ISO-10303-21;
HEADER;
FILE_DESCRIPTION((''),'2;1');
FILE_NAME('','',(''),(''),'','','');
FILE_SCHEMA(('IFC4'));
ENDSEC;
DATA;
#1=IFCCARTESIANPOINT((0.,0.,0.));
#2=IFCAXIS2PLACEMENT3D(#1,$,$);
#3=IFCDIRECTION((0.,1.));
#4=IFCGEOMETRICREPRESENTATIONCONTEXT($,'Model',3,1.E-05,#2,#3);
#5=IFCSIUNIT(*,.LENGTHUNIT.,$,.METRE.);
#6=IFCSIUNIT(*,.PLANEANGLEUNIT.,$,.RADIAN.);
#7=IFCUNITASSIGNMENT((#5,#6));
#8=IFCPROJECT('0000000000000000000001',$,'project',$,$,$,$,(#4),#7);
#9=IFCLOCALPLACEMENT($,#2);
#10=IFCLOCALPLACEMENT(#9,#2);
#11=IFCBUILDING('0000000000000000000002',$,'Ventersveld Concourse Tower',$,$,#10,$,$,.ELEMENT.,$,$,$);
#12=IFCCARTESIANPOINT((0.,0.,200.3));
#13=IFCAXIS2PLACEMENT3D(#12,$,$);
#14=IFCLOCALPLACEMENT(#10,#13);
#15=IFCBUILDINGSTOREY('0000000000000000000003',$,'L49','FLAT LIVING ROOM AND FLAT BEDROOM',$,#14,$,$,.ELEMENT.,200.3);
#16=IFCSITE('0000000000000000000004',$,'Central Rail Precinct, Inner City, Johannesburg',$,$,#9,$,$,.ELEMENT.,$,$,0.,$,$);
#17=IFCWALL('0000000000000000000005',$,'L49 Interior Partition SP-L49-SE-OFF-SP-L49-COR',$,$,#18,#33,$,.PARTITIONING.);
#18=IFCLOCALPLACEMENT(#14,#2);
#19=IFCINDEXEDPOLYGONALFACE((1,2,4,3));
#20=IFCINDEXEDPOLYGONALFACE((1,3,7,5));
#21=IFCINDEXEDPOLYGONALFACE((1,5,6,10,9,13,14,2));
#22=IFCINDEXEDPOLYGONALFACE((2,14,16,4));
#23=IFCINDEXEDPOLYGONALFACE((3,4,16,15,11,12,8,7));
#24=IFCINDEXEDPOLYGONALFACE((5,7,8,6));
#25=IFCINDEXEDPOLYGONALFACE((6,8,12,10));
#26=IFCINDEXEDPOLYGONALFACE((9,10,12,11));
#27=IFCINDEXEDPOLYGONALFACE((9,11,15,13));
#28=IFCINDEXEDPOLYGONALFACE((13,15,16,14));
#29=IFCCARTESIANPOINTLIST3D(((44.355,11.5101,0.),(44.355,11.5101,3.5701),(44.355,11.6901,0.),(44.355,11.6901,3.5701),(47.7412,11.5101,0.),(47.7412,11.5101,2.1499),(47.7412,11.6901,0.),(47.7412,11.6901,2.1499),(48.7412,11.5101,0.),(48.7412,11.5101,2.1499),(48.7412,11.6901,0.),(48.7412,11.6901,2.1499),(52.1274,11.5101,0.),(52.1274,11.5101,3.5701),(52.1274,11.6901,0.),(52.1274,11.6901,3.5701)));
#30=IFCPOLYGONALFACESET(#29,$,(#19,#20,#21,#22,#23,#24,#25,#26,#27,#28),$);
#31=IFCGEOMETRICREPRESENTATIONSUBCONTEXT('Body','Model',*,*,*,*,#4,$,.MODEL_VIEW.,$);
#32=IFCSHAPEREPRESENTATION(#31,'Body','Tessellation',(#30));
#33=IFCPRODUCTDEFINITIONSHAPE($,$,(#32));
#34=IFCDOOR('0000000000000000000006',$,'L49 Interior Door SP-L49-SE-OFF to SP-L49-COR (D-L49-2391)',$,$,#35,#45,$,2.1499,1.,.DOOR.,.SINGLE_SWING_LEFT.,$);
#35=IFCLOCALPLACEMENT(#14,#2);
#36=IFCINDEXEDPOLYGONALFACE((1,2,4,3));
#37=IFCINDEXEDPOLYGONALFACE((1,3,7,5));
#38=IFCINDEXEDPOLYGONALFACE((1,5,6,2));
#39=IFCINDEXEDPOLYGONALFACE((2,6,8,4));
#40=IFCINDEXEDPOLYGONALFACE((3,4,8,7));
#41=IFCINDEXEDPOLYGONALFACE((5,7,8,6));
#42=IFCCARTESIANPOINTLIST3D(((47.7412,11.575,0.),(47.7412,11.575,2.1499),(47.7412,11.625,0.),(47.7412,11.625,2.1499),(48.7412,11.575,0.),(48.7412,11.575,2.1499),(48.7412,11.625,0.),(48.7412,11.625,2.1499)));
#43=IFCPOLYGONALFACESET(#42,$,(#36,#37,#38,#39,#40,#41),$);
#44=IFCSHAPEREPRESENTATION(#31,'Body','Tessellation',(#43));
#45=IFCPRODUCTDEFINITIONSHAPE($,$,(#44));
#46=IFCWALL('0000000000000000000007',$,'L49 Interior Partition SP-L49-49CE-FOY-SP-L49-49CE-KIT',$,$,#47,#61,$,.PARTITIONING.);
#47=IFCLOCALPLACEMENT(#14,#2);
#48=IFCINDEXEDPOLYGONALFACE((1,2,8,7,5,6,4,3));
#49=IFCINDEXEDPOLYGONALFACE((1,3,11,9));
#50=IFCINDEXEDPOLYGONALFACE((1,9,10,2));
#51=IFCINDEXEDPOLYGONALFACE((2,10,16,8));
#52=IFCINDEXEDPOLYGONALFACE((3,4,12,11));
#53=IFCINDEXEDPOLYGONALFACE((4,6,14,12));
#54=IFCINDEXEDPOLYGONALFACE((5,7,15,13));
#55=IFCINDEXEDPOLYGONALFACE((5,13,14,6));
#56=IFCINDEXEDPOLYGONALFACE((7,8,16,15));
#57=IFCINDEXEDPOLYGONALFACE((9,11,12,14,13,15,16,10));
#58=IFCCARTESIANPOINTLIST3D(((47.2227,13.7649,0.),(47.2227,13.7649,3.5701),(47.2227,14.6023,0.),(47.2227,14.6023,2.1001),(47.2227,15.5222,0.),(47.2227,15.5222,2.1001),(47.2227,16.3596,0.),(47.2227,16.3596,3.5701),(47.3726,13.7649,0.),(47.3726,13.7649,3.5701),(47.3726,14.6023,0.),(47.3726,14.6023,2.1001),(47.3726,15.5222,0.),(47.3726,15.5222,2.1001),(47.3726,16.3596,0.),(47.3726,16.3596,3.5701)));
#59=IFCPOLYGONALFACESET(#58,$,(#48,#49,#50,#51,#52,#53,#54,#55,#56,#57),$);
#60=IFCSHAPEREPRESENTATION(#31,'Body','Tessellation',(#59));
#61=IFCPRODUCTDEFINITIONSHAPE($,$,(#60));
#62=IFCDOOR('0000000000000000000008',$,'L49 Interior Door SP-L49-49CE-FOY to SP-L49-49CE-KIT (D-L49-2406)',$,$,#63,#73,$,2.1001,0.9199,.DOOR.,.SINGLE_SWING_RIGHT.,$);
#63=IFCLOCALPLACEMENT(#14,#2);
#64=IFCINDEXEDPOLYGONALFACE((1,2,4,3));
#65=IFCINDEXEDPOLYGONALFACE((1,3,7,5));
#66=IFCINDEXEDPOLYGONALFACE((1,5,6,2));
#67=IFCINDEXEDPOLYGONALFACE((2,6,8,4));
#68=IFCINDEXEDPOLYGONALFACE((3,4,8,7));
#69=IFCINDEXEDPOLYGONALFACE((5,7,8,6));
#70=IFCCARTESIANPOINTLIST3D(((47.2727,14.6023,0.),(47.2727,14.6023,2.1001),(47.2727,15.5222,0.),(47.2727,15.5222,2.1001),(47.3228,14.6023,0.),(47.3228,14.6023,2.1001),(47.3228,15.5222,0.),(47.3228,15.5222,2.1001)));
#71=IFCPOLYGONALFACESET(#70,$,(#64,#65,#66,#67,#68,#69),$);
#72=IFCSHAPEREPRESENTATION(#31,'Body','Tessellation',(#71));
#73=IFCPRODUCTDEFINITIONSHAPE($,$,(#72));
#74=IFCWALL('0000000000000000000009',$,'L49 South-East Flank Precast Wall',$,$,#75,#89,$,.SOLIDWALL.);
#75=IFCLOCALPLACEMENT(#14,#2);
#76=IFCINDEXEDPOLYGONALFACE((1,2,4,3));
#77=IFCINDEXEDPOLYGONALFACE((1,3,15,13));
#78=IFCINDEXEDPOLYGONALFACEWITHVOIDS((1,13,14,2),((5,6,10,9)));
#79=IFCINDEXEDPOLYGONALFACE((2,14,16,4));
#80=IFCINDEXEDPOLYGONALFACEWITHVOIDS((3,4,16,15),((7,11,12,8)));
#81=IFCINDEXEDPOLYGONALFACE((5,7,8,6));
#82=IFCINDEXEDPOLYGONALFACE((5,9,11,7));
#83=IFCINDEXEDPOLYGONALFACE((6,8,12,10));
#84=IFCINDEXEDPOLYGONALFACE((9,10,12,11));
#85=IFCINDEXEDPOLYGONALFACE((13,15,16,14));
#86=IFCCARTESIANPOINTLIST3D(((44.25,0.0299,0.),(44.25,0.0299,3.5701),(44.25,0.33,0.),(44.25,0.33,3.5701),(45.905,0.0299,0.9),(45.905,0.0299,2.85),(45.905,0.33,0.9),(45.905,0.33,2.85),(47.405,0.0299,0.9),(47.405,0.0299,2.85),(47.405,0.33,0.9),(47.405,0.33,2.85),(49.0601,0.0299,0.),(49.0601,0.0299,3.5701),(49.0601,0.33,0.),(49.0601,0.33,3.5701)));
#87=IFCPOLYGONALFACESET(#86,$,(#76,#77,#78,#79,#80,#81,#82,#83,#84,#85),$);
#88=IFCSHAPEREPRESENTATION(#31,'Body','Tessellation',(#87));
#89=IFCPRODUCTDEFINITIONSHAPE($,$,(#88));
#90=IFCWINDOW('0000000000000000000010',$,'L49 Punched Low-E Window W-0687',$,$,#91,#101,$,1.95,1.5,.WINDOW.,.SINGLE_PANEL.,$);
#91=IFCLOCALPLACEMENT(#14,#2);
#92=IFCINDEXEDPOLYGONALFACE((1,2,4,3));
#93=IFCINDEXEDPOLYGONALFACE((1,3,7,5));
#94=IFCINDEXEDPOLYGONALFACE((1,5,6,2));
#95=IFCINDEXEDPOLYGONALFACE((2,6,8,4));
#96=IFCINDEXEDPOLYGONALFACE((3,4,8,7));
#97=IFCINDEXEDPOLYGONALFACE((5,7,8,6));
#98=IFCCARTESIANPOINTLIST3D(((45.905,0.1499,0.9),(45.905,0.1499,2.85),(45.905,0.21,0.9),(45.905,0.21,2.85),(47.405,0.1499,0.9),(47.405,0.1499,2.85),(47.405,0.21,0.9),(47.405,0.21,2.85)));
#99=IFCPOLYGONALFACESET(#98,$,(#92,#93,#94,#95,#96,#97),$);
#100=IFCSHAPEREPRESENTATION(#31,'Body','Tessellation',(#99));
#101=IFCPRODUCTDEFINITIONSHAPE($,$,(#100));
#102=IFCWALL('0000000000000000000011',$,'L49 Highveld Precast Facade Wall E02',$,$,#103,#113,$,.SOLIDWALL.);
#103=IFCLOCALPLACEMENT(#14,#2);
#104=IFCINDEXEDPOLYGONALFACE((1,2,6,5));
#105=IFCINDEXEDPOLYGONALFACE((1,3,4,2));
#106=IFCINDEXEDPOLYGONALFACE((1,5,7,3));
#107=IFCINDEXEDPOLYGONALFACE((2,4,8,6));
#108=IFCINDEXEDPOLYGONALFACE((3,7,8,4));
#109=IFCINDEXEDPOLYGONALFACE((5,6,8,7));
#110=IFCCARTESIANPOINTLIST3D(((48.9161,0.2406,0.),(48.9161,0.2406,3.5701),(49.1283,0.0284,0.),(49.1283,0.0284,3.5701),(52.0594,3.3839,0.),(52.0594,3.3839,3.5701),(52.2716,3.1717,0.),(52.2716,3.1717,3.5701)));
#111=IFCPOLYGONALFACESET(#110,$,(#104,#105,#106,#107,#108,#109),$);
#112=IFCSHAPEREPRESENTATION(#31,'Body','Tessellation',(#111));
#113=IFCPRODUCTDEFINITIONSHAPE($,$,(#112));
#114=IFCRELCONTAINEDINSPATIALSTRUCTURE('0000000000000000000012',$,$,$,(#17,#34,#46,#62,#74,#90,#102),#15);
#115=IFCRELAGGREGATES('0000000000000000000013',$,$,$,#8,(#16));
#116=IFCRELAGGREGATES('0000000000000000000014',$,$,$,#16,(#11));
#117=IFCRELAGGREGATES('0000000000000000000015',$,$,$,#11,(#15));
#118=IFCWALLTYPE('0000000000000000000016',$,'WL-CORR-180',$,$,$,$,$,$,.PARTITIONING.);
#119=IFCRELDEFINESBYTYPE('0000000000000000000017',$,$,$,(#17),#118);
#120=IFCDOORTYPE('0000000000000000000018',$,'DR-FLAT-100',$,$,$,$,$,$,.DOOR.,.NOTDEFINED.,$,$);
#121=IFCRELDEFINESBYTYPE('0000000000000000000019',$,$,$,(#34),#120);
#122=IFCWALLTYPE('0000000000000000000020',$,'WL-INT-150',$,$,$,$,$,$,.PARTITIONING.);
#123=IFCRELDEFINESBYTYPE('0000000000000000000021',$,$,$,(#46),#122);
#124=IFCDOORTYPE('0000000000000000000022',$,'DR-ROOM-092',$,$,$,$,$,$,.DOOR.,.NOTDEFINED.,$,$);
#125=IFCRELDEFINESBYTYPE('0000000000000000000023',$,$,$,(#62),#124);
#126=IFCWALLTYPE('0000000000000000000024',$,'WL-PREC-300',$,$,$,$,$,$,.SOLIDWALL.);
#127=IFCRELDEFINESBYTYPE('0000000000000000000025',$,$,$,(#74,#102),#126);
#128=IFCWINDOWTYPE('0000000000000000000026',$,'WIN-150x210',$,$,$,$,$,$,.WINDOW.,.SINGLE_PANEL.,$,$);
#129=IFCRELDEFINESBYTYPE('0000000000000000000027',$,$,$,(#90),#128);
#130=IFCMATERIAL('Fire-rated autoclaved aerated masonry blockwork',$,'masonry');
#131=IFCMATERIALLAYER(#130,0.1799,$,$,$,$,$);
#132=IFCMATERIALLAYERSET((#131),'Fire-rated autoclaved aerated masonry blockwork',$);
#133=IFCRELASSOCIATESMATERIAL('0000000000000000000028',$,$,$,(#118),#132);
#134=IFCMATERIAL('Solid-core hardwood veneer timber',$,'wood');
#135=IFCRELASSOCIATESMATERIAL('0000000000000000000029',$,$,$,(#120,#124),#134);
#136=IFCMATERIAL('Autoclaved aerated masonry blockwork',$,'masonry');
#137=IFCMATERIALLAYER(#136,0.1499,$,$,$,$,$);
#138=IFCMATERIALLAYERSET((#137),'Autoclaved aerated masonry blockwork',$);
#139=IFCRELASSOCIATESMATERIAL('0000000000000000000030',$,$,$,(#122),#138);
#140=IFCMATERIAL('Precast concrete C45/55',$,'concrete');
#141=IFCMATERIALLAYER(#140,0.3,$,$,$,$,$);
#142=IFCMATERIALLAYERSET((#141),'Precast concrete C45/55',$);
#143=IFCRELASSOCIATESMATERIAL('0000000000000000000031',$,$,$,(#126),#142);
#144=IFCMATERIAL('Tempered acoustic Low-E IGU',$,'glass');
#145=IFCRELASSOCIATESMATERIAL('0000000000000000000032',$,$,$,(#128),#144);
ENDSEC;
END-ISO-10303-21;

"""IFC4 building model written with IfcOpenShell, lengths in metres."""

from ifc_helpers import new_model, si_unit, direction, frame, frame_2d, origin, place, context, subcontext, project, spatial, rectangle, extrude, material, layer, layer_set, type_object, element, fill, save


model = new_model("IFC4")

# Units and contexts
model_context = context("Model", 3, precision=1e-05, world=origin(), true_north=direction((0.0, 1.0)))
body_context = subcontext(model_context, "Body", "Model", "MODEL_VIEW")
ifc_project = project(units=[si_unit("LENGTHUNIT", "METRE"), si_unit("PLANEANGLEUNIT", "RADIAN")], contexts=[model_context])

# Site, building, storey
site_placement = place(None, origin())
site = spatial("IfcSite", under=ifc_project, at=site_placement, Name="Central Rail Precinct, Inner City, Johannesburg", CompositionType="ELEMENT", RefElevation=0.0)
building_placement = place(site_placement, origin())
building = spatial("IfcBuilding", under=site, at=building_placement, Name="Ventersveld Concourse Tower", CompositionType="ELEMENT")
storey_placement = place(building_placement, frame((0.0, 0.0, 200.3)))
storey = spatial("IfcBuildingStorey", under=building, at=storey_placement, Name="L49", Description="FLAT LIVING ROOM AND FLAT BEDROOM", CompositionType="ELEMENT", Elevation=200.3)

# Walls, openings, doors
ifc_material_1 = material(Name="Fire-rated autoclaved aerated masonry blockwork", Category="masonry")
ifc_layer_1 = layer(ifc_material_1, 0.1799)
ifc_layer_set_1 = layer_set([ifc_layer_1], Name="Fire-rated autoclaved aerated masonry blockwork")
wall_type_1 = type_object("IfcWallType", Name="WL-CORR-180", PredefinedType="PARTITIONING", material=ifc_layer_set_1)
wall_1_placement = place(storey_placement, frame((44.355, 11.6001, 0.0), z_axis=(0.0, 0.0, 1.0), x_axis=(1.0, 0.0, 0.0)))
wall_1 = element("IfcWall", 1, at=wall_1_placement, inside=storey, type_object=wall_type_1, Name="L49 Interior Partition SP-L49-SE-OFF-SP-L49-COR", PredefinedType="PARTITIONING", context=body_context, shape_type="SweptSolid", body=[
    extrude(rectangle(XDim=7.7725, YDim=0.1799, at=frame_2d((3.8862, 0.0))), origin(), (0.0, 0.0, 1.0), 3.5701),
])
opening_1_placement = place(wall_1_placement, frame((3.3862, 0.0, 0.0)))
opening_1 = element("IfcOpeningElement", 2, at=opening_1_placement, cuts=wall_1, PredefinedType="OPENING", context=body_context, shape_type="SweptSolid", body=[
    extrude(rectangle(XDim=1.0, YDim=2.1499, at=frame_2d((0.5, 1.075))), frame((0.0, 0.1001, 0.0), z_axis=(0.0, -1.0, 0.0), x_axis=(1.0, 0.0, 0.0)), (0.0, 0.0, 1.0), 0.2),
])
ifc_material_2 = material(Name="Solid-core hardwood veneer timber", Category="wood")
door_type_1 = type_object("IfcDoorType", Name="DR-FLAT-100", OperationType="NOTDEFINED", PredefinedType="DOOR", material=ifc_material_2)
door_1_placement = place(opening_1_placement, origin())
door_1 = element("IfcDoor", 3, at=door_1_placement, inside=storey, type_object=door_type_1, Name="L49 Interior Door SP-L49-SE-OFF to SP-L49-COR (D-L49-2391)", OperationType="SINGLE_SWING_LEFT", OverallHeight=2.1499, OverallWidth=1.0, PredefinedType="DOOR", context=body_context, shape_type="SweptSolid", body=[
    extrude(rectangle(XDim=1.0, YDim=2.1499, at=frame_2d((0.5, 1.075))), frame((0.0, 0.0249, 0.0), z_axis=(0.0, -1.0, 0.0), x_axis=(1.0, 0.0, 0.0)), (0.0, 0.0, 1.0), 0.05),
])
fill(opening_1, door_1)
ifc_material_3 = material(Name="Autoclaved aerated masonry blockwork", Category="masonry")
ifc_layer_2 = layer(ifc_material_3, 0.1499)
ifc_layer_set_2 = layer_set([ifc_layer_2], Name="Autoclaved aerated masonry blockwork")
wall_type_2 = type_object("IfcWallType", Name="WL-INT-150", PredefinedType="PARTITIONING", material=ifc_layer_set_2)
wall_2_placement = place(storey_placement, frame((47.2976, 13.7649, 0.0), z_axis=(0.0, 0.0, 1.0), x_axis=(0.0, 1.0, 0.0)))
wall_2 = element("IfcWall", 4, at=wall_2_placement, inside=storey, type_object=wall_type_2, Name="L49 Interior Partition SP-L49-49CE-FOY-SP-L49-49CE-KIT", PredefinedType="PARTITIONING", context=body_context, shape_type="SweptSolid", body=[
    extrude(rectangle(XDim=2.5947, YDim=0.1499, at=frame_2d((1.2974, 0.0))), origin(), (0.0, 0.0, 1.0), 3.5701),
])
opening_2_placement = place(wall_2_placement, frame((0.8374, 0.0, 0.0)))
opening_2 = element("IfcOpeningElement", 5, at=opening_2_placement, cuts=wall_2, PredefinedType="OPENING", context=body_context, shape_type="SweptSolid", body=[
    extrude(rectangle(XDim=0.9199, YDim=2.1001, at=frame_2d((0.46, 1.05))), frame((0.0, 0.085, 0.0), z_axis=(0.0, -1.0, 0.0), x_axis=(1.0, 0.0, 0.0)), (0.0, 0.0, 1.0), 0.1699),
])
door_type_2 = type_object("IfcDoorType", Name="DR-ROOM-092", OperationType="NOTDEFINED", PredefinedType="DOOR", material=ifc_material_2)
door_2_placement = place(opening_2_placement, origin())
door_2 = element("IfcDoor", 6, at=door_2_placement, inside=storey, type_object=door_type_2, Name="L49 Interior Door SP-L49-49CE-FOY to SP-L49-49CE-KIT (D-L49-2406)", OperationType="SINGLE_SWING_RIGHT", OverallHeight=2.1001, OverallWidth=0.9199, PredefinedType="DOOR", context=body_context, shape_type="SweptSolid", body=[
    extrude(rectangle(XDim=0.9199, YDim=2.1001, at=frame_2d((0.46, 1.05))), frame((0.0, 0.0249, 0.0), z_axis=(0.0, -1.0, 0.0), x_axis=(1.0, 0.0, 0.0)), (0.0, 0.0, 1.0), 0.05),
])
fill(opening_2, door_2)

# Wall, opening, window
ifc_material_4 = material(Name="Precast concrete C45/55", Category="concrete")
ifc_layer_3 = layer(ifc_material_4, 0.3)
ifc_layer_set_3 = layer_set([ifc_layer_3], Name="Precast concrete C45/55")
wall_type_3 = type_object("IfcWallType", Name="WL-PREC-300", PredefinedType="SOLIDWALL", material=ifc_layer_set_3)
wall_3_placement = place(storey_placement, frame((44.25, 0.1799, 0.0), z_axis=(0.0, 0.0, 1.0), x_axis=(1.0, 0.0, 0.0)))
wall_3 = element("IfcWall", 7, at=wall_3_placement, inside=storey, type_object=wall_type_3, Name="L49 South-East Flank Precast Wall", PredefinedType="SOLIDWALL", context=body_context, shape_type="SweptSolid", body=[
    extrude(rectangle(XDim=4.8101, YDim=0.3, at=frame_2d((2.405, 0.0))), origin(), (0.0, 0.0, 1.0), 3.5701),
])
opening_3_placement = place(wall_3_placement, frame((1.655, 0.0, 0.8999)))
opening_3 = element("IfcOpeningElement", 8, at=opening_3_placement, cuts=wall_3, PredefinedType="OPENING", context=body_context, shape_type="SweptSolid", body=[
    extrude(rectangle(XDim=1.5, YDim=1.95, at=frame_2d((0.75, 0.9751))), frame((0.0, 0.1602, 0.0), z_axis=(0.0, -1.0, 0.0), x_axis=(1.0, 0.0, 0.0)), (0.0, 0.0, 1.0), 0.3201),
])
ifc_material_5 = material(Name="Tempered acoustic Low-E IGU", Category="glass")
window_type_1 = type_object("IfcWindowType", Name="WIN-150x210", PartitioningType="SINGLE_PANEL", PredefinedType="WINDOW", material=ifc_material_5)
window_1_placement = place(opening_3_placement, origin())
window_1 = element("IfcWindow", 9, at=window_1_placement, inside=storey, type_object=window_type_1, Name="L49 Punched Low-E Window W-0687", OverallHeight=1.95, OverallWidth=1.5, PartitioningType="SINGLE_PANEL", PredefinedType="WINDOW", context=body_context, shape_type="SweptSolid", body=[
    extrude(rectangle(XDim=1.5, YDim=1.95, at=frame_2d((0.75, 0.9751))), frame((0.0, 0.03, 0.0), z_axis=(0.0, -1.0, 0.0), x_axis=(1.0, 0.0, 0.0)), (0.0, 0.0, 1.0), 0.0601),
])
fill(opening_3, window_1)

# Wall
wall_4_placement = place(storey_placement, frame((49.0222, 0.1345, 0.0), z_axis=(0.0, 0.0, 1.0), x_axis=(0.707107, 0.707107, 0.0)))
element("IfcWall", 10, at=wall_4_placement, inside=storey, type_object=wall_type_3, Name="L49 Highveld Precast Facade Wall E02", PredefinedType="SOLIDWALL", context=body_context, shape_type="SweptSolid", body=[
    extrude(rectangle(XDim=4.4453, YDim=0.3, at=frame_2d((2.2227, 0.0))), origin(), (0.0, 0.0, 1.0), 3.5701),
])

save(model, "model.ifc")
